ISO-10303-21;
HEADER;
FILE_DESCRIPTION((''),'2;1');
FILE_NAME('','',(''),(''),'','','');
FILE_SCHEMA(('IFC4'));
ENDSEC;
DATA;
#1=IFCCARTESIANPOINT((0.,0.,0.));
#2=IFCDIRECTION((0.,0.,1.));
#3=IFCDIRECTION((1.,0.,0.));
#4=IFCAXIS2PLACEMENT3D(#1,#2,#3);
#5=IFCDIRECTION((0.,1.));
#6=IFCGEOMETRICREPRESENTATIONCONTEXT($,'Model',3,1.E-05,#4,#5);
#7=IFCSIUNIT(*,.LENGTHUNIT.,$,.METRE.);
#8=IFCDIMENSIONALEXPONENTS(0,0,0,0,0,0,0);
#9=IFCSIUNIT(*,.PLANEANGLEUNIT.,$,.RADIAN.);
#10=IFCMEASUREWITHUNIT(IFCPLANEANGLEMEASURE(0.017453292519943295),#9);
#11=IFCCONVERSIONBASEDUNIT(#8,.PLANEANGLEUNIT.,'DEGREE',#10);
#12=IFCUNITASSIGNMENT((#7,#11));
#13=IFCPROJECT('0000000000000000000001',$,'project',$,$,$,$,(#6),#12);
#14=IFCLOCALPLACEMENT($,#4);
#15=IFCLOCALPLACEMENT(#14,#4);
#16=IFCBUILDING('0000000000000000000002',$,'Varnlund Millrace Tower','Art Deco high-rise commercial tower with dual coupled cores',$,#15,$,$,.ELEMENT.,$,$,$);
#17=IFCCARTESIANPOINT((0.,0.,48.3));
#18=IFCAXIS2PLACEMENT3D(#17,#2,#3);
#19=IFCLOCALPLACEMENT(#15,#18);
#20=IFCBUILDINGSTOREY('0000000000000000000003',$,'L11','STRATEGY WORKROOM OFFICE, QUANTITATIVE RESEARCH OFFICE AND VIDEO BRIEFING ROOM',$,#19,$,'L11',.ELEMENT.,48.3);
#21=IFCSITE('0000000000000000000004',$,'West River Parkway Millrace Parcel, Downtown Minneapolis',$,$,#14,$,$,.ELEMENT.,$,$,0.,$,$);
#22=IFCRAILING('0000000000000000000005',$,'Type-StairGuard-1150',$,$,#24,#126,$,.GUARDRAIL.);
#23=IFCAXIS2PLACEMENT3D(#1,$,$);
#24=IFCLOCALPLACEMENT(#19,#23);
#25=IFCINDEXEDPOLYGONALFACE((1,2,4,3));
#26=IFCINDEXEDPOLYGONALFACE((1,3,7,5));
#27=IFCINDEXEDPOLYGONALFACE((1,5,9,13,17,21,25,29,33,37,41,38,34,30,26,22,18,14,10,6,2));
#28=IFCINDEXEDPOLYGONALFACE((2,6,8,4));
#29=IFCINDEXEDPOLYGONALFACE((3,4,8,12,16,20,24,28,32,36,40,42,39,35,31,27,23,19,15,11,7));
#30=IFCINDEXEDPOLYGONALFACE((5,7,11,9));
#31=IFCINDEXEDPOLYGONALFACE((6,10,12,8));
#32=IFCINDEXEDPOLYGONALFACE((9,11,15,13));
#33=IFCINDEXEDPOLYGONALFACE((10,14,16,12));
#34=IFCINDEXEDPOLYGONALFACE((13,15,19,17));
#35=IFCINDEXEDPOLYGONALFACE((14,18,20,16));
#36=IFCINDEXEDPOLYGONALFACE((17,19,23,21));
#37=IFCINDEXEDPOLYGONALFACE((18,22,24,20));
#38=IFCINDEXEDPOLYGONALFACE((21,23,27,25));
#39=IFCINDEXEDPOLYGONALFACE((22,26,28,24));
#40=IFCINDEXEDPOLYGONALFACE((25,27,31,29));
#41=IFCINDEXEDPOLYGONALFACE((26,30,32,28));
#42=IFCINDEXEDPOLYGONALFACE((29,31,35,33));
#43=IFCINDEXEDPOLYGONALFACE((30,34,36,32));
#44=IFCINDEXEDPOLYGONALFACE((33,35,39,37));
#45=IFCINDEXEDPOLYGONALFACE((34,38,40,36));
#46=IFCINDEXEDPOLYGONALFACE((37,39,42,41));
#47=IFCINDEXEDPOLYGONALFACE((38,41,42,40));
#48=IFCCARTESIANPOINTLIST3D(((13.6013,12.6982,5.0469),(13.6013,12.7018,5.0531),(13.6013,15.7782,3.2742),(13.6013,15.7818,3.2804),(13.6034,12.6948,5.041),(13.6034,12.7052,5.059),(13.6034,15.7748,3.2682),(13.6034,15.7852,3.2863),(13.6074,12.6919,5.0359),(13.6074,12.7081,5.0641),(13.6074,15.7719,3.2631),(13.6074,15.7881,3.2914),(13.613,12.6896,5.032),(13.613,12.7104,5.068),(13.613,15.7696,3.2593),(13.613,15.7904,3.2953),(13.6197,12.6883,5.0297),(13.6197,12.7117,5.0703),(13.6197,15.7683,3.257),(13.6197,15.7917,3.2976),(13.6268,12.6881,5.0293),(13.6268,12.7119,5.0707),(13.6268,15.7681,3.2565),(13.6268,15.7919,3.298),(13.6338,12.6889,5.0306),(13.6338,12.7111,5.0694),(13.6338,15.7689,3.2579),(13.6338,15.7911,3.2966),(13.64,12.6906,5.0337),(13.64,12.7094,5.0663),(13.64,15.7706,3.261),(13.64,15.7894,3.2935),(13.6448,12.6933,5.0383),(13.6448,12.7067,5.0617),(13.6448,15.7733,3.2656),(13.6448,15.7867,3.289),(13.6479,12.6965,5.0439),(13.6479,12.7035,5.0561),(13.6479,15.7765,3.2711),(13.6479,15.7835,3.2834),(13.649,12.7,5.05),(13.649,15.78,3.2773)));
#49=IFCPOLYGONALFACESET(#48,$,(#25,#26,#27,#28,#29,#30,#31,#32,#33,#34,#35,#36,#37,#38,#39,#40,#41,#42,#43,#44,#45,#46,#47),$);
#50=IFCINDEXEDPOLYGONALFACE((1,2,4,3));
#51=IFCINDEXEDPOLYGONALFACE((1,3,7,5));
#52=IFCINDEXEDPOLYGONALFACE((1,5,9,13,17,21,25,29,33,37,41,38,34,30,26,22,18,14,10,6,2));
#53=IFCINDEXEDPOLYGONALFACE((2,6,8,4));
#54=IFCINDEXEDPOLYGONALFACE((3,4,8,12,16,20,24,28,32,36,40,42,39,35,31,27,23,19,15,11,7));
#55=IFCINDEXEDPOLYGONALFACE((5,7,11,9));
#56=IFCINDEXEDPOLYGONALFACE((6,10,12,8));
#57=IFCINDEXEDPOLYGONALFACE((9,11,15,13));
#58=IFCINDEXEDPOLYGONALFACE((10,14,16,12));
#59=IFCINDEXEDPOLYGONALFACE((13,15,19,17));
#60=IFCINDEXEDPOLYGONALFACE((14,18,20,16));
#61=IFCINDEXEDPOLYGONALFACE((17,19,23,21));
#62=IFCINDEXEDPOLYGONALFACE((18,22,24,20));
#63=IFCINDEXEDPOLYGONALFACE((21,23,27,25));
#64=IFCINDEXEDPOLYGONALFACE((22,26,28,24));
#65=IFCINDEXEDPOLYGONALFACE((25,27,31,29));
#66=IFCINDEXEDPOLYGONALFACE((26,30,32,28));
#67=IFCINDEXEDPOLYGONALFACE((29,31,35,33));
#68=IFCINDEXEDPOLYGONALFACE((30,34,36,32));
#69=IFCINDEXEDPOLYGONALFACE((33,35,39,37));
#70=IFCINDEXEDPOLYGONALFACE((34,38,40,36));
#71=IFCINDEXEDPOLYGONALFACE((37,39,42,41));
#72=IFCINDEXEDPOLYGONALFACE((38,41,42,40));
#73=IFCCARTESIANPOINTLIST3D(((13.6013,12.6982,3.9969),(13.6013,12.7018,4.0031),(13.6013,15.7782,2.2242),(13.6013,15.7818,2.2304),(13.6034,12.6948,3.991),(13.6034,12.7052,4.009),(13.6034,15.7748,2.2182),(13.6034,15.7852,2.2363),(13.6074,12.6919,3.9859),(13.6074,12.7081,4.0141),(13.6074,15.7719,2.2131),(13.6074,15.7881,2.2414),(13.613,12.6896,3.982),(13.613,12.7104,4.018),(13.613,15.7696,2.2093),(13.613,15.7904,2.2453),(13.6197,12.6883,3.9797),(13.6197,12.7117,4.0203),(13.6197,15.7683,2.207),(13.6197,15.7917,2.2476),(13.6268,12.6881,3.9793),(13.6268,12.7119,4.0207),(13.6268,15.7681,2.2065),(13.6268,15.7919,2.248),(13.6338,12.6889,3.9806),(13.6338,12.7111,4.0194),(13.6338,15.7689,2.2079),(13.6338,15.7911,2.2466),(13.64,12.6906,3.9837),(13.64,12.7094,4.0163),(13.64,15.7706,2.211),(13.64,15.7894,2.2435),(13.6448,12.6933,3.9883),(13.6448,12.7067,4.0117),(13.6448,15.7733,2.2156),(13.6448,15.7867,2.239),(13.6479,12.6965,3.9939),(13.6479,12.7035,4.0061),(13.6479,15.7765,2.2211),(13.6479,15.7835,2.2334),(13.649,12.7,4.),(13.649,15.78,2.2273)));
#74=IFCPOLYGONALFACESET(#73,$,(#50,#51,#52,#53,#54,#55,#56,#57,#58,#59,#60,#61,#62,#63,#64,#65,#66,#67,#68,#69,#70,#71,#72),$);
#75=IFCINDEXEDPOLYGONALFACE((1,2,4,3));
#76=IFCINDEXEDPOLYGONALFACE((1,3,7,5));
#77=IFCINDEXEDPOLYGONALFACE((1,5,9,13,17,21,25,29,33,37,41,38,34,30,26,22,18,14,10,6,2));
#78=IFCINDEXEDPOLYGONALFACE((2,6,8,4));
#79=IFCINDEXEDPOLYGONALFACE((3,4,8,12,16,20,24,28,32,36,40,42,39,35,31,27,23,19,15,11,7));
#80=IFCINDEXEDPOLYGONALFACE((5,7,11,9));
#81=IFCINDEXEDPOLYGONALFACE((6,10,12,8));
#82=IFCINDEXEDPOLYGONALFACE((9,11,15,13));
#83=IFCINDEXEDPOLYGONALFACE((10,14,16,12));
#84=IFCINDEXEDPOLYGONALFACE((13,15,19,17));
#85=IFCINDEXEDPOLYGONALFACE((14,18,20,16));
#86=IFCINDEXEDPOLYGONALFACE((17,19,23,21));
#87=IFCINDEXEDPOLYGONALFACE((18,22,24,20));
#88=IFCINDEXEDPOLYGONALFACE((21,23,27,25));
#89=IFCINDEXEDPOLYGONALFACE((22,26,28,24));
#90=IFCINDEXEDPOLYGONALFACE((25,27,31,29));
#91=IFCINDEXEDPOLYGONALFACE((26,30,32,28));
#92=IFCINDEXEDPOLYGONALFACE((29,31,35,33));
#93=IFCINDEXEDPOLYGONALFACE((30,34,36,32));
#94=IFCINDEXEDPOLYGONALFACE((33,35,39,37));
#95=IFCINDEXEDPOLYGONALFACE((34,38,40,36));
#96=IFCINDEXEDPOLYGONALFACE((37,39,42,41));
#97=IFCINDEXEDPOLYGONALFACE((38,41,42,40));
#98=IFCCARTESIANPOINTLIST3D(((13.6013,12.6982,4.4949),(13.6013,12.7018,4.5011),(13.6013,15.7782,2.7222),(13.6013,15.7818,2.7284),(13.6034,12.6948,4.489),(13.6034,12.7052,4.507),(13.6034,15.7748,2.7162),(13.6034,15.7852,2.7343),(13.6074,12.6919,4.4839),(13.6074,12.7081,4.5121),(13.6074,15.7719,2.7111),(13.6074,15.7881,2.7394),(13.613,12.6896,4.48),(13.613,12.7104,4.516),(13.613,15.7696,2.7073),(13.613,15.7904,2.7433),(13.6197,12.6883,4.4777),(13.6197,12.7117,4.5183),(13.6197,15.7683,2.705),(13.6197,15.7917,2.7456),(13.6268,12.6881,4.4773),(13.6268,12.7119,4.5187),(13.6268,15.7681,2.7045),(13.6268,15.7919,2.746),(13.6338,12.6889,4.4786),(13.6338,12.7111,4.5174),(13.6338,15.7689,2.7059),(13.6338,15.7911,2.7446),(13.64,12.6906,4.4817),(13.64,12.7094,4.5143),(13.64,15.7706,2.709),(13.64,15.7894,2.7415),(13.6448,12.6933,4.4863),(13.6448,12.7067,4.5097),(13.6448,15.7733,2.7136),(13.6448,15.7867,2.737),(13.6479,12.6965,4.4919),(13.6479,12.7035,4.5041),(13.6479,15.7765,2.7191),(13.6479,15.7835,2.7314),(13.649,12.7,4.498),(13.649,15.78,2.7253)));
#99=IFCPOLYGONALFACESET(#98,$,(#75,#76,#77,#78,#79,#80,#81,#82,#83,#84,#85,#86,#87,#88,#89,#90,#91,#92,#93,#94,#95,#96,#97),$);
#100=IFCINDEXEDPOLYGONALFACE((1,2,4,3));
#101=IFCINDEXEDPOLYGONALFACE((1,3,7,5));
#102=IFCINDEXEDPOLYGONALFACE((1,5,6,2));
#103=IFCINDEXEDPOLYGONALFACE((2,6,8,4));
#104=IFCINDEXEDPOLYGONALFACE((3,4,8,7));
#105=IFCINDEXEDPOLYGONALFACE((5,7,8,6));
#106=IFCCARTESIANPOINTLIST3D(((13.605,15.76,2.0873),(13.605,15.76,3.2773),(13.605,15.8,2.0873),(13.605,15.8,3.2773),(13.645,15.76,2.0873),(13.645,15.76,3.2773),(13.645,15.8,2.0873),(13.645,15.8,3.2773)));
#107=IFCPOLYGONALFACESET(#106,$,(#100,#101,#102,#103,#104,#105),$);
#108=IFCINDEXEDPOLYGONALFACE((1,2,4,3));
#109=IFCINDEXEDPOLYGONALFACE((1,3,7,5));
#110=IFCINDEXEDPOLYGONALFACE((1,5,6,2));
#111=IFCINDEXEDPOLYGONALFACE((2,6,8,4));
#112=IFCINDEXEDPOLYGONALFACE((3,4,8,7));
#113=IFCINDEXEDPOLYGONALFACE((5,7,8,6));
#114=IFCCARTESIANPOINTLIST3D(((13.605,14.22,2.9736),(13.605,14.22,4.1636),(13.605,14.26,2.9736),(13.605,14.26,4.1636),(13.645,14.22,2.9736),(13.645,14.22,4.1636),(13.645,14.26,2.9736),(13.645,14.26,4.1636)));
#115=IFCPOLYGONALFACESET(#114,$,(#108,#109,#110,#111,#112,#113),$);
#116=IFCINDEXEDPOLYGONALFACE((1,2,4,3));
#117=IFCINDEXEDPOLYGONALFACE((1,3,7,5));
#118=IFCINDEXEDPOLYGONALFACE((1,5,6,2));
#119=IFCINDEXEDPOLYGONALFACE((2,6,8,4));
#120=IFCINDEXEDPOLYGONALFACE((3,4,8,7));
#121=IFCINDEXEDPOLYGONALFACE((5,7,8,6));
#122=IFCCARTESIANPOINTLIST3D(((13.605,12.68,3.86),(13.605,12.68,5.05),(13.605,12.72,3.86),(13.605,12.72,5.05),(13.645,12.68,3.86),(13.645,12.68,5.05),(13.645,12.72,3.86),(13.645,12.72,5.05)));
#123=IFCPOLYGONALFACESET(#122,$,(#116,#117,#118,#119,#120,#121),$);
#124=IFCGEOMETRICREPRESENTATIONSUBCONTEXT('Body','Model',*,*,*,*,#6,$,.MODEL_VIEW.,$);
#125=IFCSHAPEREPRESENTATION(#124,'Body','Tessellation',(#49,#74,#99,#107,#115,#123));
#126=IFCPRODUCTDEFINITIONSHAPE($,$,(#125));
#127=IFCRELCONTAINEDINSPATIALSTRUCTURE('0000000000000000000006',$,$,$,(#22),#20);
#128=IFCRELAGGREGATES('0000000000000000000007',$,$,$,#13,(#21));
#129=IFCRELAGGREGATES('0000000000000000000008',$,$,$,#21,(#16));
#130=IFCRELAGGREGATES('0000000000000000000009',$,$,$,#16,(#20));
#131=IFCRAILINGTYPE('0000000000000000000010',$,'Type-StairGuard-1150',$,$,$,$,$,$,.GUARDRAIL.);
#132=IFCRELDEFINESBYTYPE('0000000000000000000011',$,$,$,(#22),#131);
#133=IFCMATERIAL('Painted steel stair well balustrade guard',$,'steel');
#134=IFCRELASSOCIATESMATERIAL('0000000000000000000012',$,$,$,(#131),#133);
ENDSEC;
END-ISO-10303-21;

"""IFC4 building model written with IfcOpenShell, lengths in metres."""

from ifc_helpers import new_model, entity, si_unit, converted_unit, direction, frame, origin_with_axes, origin_2d_with_axis, place, context, subcontext, project, spatial, rectangle, circle, extrude, material, type_object, element, save


model = new_model("IFC4")

# Units and contexts
model_context = context("Model", 3, precision=1e-05, world=origin_with_axes(), true_north=direction((0.0, 1.0)))
body_context = subcontext(model_context, "Body", "Model", "MODEL_VIEW")
ifc_project = project(units=[si_unit("LENGTHUNIT", "METRE"), converted_unit("PLANEANGLEUNIT", "DEGREE", entity("IfcPlaneAngleMeasure", 0.017453292519943295), si_unit("PLANEANGLEUNIT", "RADIAN"), dimensions=[0, 0, 0, 0, 0, 0, 0])], contexts=[model_context])

# Site, building, storey
site_placement = place(None, origin_with_axes())
site = spatial("IfcSite", under=ifc_project, at=site_placement, Name="West River Parkway Millrace Parcel, Downtown Minneapolis", CompositionType="ELEMENT", RefElevation=0.0)
building_placement = place(site_placement, origin_with_axes())
building = spatial("IfcBuilding", under=site, at=building_placement, Name="Varnlund Millrace Tower", Description="Art Deco high-rise commercial tower with dual coupled cores", CompositionType="ELEMENT")
storey_placement = place(building_placement, frame((0.0, 0.0, 48.3), z_axis=(0.0, 0.0, 1.0), x_axis=(1.0, 0.0, 0.0)))
storey = spatial("IfcBuildingStorey", under=building, at=storey_placement, Name="L11", Description="STRATEGY WORKROOM OFFICE, QUANTITATIVE RESEARCH OFFICE AND VIDEO BRIEFING ROOM", LongName="L11", CompositionType="ELEMENT", Elevation=48.3)

# Railing
ifc_material_1 = material(Name="Painted steel stair well balustrade guard", Category="steel")
railing_type_1 = type_object("IfcRailingType", Name="Type-StairGuard-1150", PredefinedType="GUARDRAIL", material=ifc_material_1)
railing_1_placement = place(storey_placement, frame((0.0, 0.0, -48.3), z_axis=(0.0, 0.0, 1.0), x_axis=(1.0, 0.0, 0.0)))
element("IfcRailing", 1, at=railing_1_placement, inside=storey, type_object=railing_type_1, Name="Type-StairGuard-1150", PredefinedType="GUARDRAIL", context=body_context, shape_type="SweptSolid", body=[
    extrude(circle(Radius=0.024, at=origin_2d_with_axis()), frame((13.625, 15.78, 51.5773), z_axis=(0.0, -0.866696, 0.498836), x_axis=(1.0, 0.0, 0.0)), (0.0, 0.0, 1.0), 3.5537),
    extrude(circle(Radius=0.024, at=origin_2d_with_axis()), frame((13.625, 15.78, 50.5273), z_axis=(0.0, -0.866696, 0.498836), x_axis=(1.0, 0.0, 0.0)), (0.0, 0.0, 1.0), 3.5537),
    extrude(circle(Radius=0.024, at=origin_2d_with_axis()), frame((13.625, 15.78, 51.0253), z_axis=(0.0, -0.866696, 0.498836), x_axis=(1.0, 0.0, 0.0)), (0.0, 0.0, 1.0), 3.5537),
    extrude(rectangle(XDim=0.04, YDim=0.04, at=origin_2d_with_axis()), frame((13.625, 15.78, 50.3873), z_axis=(0.0, 0.0, 1.0), x_axis=(1.0, 0.0, 0.0)), (0.0, 0.0, 1.0), 1.19),
    extrude(rectangle(XDim=0.04, YDim=0.04, at=origin_2d_with_axis()), frame((13.625, 14.24, 51.2736), z_axis=(0.0, 0.0, 1.0), x_axis=(1.0, 0.0, 0.0)), (0.0, 0.0, 1.0), 1.19),
    extrude(rectangle(XDim=0.04, YDim=0.04, at=origin_2d_with_axis()), frame((13.625, 12.7, 52.16), z_axis=(0.0, 0.0, 1.0), x_axis=(1.0, 0.0, 0.0)), (0.0, 0.0, 1.0), 1.19),
])

save(model, "model.ifc")
